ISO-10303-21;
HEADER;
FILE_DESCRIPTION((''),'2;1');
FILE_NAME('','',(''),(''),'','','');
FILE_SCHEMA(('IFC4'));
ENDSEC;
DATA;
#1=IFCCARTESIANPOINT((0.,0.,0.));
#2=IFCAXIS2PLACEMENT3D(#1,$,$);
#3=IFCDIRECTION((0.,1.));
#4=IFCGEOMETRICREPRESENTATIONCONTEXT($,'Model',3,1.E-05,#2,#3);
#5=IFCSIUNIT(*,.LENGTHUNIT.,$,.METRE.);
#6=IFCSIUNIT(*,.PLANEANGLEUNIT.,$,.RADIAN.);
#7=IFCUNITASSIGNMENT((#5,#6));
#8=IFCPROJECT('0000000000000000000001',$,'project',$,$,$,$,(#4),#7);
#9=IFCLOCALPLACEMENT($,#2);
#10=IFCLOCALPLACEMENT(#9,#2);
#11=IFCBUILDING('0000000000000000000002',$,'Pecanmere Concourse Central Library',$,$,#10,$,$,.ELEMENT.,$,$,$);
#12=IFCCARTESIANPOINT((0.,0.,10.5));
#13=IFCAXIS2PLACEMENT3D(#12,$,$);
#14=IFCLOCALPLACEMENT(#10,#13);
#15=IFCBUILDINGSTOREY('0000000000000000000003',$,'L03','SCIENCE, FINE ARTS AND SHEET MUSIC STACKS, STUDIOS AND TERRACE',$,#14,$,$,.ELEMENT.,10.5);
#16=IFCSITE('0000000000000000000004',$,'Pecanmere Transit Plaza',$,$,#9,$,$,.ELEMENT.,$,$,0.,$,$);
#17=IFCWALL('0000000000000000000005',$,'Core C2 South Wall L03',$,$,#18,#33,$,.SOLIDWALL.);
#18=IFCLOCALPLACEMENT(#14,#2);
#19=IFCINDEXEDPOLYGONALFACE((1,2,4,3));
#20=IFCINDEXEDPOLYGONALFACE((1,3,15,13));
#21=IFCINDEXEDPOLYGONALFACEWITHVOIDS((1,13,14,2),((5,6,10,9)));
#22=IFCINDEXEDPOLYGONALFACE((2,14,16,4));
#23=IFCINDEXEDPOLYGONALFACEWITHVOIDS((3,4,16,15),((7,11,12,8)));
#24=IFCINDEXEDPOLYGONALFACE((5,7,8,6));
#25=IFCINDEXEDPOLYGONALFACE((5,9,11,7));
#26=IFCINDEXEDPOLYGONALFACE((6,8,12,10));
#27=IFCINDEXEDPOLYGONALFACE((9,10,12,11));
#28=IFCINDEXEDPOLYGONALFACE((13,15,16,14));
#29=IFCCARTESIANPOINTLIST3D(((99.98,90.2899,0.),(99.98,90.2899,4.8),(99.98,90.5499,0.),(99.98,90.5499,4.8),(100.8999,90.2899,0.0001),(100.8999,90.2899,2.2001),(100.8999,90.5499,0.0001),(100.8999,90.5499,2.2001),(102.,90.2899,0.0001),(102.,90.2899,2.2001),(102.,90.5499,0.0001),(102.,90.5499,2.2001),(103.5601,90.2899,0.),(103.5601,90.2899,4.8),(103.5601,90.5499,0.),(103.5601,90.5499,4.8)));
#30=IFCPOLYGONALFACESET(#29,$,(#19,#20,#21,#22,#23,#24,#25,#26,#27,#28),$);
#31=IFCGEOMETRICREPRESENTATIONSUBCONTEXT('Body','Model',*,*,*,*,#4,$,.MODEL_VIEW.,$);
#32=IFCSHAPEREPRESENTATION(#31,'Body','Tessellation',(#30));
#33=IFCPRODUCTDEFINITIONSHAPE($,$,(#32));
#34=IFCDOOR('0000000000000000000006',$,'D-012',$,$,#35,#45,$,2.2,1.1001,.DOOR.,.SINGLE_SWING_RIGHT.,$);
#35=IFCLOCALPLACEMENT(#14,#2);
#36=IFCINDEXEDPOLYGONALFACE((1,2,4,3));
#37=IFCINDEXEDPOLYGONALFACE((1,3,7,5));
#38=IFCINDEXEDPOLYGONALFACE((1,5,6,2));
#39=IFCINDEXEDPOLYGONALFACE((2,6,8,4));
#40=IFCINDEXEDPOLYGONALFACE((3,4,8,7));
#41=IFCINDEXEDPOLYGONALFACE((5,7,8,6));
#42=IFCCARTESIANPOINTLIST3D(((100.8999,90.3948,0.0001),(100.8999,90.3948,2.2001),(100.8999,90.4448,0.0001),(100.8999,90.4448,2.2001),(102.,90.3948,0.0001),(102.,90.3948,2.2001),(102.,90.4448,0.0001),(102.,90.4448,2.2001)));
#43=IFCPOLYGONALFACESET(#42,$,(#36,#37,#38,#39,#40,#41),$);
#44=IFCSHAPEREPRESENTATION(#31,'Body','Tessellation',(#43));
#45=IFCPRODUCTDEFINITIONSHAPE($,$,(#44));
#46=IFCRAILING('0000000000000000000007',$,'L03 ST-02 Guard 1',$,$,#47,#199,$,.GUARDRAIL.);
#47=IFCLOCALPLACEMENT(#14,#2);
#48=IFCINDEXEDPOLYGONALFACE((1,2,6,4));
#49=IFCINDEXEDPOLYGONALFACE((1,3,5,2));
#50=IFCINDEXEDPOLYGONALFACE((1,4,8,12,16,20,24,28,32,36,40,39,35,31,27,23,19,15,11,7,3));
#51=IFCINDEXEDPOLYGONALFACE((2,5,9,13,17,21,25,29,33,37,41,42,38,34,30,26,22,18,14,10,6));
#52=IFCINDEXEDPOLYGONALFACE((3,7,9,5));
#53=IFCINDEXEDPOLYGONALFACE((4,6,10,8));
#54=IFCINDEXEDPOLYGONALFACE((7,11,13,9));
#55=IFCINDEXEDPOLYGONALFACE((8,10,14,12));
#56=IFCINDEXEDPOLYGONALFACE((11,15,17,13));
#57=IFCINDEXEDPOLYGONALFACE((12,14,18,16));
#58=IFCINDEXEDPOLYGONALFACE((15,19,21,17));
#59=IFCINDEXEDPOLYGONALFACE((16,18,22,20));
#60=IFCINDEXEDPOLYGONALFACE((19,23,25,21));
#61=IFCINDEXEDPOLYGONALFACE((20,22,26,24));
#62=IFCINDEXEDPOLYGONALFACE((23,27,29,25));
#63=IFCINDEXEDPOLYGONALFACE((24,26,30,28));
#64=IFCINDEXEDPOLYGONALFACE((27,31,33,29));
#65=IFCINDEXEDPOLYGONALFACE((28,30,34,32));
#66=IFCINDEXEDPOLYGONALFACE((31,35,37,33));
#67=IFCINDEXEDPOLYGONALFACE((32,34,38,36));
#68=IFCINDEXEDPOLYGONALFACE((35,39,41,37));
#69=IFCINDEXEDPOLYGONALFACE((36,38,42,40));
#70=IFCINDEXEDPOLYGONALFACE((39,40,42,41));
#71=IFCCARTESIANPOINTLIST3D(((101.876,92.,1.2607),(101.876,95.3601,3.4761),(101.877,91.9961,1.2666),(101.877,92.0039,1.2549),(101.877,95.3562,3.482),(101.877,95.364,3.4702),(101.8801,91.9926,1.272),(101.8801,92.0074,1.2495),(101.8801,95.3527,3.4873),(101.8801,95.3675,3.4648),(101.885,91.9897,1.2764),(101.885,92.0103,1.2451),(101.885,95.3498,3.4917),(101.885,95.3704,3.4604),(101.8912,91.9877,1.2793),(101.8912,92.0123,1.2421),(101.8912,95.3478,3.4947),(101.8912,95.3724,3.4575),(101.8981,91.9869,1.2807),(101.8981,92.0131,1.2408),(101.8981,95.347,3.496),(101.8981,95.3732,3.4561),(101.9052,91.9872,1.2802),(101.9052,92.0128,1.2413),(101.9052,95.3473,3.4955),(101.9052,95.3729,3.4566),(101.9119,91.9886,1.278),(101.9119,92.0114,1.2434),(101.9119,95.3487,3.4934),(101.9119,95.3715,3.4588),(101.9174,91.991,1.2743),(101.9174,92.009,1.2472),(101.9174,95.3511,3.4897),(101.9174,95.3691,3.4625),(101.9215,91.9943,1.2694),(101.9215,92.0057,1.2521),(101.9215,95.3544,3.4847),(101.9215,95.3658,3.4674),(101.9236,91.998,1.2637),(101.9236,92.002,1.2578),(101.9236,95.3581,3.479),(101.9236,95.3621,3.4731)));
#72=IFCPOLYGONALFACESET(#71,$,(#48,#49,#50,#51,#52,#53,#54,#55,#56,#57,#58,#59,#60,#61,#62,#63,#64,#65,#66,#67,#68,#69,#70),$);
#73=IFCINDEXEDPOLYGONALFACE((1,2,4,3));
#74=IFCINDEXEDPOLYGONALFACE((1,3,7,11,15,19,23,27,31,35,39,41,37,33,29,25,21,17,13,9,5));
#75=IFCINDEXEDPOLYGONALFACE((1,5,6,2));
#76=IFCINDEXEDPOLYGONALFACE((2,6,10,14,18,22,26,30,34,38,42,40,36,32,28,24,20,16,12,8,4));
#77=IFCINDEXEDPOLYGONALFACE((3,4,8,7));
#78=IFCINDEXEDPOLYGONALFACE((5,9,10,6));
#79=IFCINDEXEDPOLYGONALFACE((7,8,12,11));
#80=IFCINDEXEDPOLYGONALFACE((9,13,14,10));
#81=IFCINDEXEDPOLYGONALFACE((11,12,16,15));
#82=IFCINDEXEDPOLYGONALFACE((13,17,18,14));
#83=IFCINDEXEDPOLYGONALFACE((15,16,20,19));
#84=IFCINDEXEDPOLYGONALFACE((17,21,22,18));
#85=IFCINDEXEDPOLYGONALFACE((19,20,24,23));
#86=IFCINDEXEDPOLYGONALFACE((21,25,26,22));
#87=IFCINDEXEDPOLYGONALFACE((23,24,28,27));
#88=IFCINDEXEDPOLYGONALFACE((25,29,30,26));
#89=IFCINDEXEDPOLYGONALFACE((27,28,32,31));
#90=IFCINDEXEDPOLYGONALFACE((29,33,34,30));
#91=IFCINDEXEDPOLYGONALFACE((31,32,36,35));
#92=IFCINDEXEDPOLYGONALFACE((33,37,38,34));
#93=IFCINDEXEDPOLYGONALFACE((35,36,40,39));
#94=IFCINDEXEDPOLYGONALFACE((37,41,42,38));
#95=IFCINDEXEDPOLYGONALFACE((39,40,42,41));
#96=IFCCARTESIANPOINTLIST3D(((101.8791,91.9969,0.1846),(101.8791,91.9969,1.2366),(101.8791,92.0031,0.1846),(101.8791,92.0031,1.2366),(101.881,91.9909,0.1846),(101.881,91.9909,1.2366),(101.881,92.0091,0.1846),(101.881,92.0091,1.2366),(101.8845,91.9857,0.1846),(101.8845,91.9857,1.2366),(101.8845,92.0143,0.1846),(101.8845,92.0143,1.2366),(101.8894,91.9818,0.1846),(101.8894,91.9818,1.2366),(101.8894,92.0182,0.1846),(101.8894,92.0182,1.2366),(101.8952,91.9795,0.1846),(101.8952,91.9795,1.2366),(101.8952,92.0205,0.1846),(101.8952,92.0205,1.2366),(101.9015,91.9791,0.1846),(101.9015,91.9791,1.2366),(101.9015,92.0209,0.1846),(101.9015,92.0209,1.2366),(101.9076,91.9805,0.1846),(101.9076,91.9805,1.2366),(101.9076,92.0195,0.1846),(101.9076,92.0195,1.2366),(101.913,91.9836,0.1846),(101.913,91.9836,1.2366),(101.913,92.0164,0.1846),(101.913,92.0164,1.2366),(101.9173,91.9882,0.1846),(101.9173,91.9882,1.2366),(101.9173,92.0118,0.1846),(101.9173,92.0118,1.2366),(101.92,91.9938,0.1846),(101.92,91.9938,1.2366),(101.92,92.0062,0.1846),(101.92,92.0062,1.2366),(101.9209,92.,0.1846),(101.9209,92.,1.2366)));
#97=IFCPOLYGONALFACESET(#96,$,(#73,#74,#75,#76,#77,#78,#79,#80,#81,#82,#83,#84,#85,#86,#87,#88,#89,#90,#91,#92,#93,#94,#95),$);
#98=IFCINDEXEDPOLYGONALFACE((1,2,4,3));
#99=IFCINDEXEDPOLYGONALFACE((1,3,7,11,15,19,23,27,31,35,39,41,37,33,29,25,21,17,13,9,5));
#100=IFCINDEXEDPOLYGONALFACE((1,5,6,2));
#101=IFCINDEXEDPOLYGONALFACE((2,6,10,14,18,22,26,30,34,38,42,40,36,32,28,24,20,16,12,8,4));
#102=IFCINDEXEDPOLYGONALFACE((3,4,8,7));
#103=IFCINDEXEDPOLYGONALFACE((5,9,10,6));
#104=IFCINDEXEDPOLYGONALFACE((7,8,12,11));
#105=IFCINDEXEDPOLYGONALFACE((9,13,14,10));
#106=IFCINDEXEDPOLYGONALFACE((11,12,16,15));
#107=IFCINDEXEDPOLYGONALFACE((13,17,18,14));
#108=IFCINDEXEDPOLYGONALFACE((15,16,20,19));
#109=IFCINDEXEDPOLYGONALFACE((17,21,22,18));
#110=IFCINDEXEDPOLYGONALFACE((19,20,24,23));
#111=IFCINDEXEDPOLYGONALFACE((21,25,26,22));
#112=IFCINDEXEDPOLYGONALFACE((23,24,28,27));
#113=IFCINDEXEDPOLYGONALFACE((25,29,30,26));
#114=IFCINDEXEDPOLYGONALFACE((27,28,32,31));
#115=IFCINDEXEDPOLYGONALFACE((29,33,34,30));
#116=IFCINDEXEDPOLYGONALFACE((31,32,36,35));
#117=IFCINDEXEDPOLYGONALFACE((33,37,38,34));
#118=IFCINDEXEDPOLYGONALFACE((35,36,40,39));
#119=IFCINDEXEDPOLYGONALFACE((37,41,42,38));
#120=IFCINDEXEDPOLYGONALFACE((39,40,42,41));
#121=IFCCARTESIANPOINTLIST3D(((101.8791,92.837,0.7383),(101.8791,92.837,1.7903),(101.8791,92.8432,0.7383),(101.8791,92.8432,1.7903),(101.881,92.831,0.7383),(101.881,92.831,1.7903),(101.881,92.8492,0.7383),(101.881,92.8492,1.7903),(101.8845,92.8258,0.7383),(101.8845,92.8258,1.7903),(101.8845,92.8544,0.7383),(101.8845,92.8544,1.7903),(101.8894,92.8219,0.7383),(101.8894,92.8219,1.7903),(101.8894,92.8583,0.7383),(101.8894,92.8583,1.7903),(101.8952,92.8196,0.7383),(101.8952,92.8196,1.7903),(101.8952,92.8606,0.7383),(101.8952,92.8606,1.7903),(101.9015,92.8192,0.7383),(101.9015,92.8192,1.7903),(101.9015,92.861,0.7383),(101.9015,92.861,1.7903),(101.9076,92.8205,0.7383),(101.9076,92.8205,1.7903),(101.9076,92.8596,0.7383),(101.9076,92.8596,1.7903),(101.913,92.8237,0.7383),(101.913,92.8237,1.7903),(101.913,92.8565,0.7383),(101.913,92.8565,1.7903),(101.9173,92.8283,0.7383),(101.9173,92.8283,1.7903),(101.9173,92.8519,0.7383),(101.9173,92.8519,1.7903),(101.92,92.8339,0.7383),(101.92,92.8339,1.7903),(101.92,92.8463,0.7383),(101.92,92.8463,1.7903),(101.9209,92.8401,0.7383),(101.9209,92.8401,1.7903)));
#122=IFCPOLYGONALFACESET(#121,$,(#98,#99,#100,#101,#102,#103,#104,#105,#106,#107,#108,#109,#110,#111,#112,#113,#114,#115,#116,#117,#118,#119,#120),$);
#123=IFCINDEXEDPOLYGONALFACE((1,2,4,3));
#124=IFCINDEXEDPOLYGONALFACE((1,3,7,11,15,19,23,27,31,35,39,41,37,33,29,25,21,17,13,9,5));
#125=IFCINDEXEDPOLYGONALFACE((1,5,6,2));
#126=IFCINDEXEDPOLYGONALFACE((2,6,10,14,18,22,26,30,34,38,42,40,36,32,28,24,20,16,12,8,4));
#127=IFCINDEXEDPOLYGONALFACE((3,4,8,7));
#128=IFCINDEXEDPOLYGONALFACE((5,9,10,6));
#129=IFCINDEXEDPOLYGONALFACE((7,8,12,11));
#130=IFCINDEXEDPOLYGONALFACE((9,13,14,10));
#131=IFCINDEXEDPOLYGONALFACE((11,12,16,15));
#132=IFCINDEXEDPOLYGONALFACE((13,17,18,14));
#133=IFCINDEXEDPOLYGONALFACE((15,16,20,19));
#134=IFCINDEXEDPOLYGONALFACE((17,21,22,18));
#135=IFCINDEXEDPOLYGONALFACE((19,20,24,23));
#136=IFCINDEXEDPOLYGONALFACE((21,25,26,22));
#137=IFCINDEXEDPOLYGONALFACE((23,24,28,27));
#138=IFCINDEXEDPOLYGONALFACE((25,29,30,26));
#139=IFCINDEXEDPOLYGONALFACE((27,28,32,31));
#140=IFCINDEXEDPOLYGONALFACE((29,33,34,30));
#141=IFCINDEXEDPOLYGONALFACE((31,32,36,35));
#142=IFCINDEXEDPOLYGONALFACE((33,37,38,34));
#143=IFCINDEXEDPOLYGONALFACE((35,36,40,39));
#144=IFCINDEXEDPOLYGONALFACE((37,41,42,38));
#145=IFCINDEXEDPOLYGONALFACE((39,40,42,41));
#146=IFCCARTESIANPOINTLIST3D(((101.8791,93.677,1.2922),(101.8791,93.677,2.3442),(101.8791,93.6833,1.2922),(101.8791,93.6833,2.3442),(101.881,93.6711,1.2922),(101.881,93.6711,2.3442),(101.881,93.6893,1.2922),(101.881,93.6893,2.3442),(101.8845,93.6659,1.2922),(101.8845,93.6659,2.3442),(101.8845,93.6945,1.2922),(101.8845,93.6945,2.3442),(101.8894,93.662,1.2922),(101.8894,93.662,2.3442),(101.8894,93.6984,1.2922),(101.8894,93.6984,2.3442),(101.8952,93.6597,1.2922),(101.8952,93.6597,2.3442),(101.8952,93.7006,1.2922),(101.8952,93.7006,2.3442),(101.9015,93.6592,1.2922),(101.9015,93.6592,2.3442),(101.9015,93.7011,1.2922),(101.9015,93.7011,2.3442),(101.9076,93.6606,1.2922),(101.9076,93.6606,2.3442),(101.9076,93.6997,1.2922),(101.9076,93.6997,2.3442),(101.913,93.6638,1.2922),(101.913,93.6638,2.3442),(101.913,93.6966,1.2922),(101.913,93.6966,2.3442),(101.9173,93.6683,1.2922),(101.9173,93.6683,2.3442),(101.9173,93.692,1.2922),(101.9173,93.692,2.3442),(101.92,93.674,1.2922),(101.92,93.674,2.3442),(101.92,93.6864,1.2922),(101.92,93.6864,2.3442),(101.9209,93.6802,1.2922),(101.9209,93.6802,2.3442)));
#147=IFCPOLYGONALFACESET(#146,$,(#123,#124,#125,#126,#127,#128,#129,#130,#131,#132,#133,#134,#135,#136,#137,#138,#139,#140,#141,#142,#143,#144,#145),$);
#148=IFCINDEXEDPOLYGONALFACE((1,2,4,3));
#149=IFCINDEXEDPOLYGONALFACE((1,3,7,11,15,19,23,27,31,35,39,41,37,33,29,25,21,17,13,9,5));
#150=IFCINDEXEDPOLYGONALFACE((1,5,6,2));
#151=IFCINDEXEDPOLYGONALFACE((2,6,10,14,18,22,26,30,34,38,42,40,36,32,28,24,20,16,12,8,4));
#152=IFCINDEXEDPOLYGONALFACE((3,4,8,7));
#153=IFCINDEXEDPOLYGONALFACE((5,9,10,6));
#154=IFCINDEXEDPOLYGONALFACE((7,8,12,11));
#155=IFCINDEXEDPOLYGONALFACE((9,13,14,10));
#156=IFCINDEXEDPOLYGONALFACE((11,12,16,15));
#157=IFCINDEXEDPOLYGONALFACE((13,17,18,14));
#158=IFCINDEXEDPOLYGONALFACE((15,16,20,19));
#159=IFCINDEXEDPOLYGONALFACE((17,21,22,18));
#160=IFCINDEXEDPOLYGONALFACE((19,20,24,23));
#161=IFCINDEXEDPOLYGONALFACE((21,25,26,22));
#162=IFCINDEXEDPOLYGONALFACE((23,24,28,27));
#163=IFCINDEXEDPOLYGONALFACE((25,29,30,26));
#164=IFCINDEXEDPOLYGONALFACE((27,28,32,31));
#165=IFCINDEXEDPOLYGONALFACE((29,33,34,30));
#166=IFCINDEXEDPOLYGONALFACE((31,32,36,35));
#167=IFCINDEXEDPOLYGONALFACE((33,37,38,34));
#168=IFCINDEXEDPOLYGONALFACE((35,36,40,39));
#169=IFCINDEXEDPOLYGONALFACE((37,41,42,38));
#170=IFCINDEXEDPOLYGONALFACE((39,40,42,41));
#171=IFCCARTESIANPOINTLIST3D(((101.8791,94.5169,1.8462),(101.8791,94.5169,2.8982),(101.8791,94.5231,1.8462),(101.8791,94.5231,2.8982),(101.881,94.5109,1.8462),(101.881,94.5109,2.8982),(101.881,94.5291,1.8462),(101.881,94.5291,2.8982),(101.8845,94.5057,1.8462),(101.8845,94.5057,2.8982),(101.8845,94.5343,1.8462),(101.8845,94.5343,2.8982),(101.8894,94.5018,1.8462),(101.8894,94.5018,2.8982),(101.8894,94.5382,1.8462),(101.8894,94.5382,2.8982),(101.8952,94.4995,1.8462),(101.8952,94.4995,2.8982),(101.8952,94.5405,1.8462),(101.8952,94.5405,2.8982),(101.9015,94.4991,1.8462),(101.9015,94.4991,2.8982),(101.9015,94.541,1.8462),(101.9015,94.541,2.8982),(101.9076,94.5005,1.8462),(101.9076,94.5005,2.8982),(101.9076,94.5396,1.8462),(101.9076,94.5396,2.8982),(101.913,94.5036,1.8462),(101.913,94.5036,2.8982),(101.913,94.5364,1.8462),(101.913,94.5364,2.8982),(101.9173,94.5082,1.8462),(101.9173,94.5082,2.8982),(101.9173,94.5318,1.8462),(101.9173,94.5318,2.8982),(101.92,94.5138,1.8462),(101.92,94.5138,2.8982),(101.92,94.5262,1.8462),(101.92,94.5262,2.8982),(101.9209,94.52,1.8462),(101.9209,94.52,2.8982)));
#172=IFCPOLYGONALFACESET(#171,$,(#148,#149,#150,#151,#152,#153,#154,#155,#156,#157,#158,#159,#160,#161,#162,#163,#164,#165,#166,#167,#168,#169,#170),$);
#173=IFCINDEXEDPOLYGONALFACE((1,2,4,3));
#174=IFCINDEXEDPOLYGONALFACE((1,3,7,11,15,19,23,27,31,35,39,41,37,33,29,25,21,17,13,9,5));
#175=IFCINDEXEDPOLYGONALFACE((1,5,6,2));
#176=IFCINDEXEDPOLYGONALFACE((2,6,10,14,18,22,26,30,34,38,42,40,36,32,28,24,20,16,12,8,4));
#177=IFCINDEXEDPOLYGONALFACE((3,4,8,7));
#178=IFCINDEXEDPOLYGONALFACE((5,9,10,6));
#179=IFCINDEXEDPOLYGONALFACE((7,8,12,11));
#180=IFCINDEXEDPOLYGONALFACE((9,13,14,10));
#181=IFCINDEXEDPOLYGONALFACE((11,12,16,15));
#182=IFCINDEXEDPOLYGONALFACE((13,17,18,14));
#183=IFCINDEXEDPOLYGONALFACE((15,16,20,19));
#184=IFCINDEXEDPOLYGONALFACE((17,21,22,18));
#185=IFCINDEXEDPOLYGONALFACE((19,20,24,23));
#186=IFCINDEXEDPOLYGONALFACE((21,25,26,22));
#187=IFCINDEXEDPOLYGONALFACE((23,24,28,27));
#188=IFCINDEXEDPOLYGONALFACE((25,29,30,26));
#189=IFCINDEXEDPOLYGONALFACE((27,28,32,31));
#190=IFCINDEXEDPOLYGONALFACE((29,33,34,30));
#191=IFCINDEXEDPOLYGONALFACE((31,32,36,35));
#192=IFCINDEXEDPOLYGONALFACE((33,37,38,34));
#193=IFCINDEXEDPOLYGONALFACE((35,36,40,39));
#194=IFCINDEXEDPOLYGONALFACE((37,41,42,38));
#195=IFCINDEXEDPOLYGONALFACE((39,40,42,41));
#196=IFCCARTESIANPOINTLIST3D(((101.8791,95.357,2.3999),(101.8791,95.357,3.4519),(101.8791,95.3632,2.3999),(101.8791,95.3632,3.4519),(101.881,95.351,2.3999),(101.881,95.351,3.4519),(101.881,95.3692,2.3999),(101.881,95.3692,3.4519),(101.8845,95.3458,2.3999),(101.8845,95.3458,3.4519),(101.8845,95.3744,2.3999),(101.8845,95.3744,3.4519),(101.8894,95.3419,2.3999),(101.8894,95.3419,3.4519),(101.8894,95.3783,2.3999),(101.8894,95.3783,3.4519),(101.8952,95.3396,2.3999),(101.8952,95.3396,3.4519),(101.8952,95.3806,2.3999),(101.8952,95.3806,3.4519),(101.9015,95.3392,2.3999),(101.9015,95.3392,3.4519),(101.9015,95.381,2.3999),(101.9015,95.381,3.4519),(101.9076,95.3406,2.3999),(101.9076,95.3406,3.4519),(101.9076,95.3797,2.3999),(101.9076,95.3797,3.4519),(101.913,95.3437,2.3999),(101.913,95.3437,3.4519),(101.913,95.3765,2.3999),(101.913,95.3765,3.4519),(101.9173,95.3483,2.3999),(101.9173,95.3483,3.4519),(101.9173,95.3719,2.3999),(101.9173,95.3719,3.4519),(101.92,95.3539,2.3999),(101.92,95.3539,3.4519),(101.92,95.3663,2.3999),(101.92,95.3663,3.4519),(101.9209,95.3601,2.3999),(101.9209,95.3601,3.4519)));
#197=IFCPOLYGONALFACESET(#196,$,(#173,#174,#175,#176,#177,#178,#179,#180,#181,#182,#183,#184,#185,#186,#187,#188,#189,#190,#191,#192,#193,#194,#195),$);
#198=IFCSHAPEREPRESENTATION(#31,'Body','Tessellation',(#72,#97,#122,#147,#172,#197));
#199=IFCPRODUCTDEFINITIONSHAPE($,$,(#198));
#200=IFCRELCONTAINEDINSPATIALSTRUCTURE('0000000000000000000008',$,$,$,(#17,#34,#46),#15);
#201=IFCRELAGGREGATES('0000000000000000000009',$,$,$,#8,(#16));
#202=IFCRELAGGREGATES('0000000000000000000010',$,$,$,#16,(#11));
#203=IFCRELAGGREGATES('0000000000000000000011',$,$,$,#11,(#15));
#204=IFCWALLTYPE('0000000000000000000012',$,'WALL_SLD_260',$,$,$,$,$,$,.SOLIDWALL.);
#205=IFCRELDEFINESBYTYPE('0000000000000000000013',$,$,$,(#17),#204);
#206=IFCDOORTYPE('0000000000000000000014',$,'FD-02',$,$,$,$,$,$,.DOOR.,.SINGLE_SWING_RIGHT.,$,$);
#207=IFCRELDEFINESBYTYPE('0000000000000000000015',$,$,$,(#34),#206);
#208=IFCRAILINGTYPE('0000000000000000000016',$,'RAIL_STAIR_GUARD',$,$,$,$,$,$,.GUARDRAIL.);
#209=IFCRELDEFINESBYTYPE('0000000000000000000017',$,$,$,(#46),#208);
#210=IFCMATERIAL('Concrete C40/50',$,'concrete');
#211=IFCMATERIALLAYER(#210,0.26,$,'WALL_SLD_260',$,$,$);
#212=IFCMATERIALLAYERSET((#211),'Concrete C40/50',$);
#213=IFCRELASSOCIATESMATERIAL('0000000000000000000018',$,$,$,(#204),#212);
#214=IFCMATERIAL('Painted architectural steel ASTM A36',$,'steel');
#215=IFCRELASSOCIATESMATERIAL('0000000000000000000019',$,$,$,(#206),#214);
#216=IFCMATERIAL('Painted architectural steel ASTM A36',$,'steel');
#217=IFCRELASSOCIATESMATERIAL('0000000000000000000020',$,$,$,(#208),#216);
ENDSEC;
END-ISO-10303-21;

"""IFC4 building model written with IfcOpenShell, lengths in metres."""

from ifc_helpers import new_model, si_unit, direction, frame, frame_2d, origin, origin_2d, place, context, subcontext, project, spatial, rectangle, circle, extrude, material, layer, layer_set, type_object, element, fill, save


model = new_model("IFC4")

# Units and contexts
model_context = context("Model", 3, precision=1e-05, world=origin(), true_north=direction((0.0, 1.0)))
body_context = subcontext(model_context, "Body", "Model", "MODEL_VIEW")
ifc_project = project(units=[si_unit("LENGTHUNIT", "METRE"), si_unit("PLANEANGLEUNIT", "RADIAN")], contexts=[model_context])

# Site, building, storey
site_placement = place(None, origin())
site = spatial("IfcSite", under=ifc_project, at=site_placement, Name="Pecanmere Transit Plaza", CompositionType="ELEMENT", RefElevation=0.0)
building_placement = place(site_placement, origin())
building = spatial("IfcBuilding", under=site, at=building_placement, Name="Pecanmere Concourse Central Library", CompositionType="ELEMENT")
storey_placement = place(building_placement, frame((0.0, 0.0, 10.5)))
storey = spatial("IfcBuildingStorey", under=building, at=storey_placement, Name="L03", Description="SCIENCE, FINE ARTS AND SHEET MUSIC STACKS, STUDIOS AND TERRACE", CompositionType="ELEMENT", Elevation=10.5)

# Wall, opening, door
ifc_material_1 = material(Name="Concrete C40/50", Category="concrete")
ifc_layer_1 = layer(ifc_material_1, 0.26, Name="WALL_SLD_260")
ifc_layer_set_1 = layer_set([ifc_layer_1], Name="Concrete C40/50")
wall_type = type_object("IfcWallType", Name="WALL_SLD_260", PredefinedType="SOLIDWALL", material=ifc_layer_set_1)
wall_placement = place(storey_placement, frame((99.98, 90.4199, 0.0), z_axis=(0.0, 0.0, 1.0), x_axis=(1.0, 0.0, 0.0)))
wall = element("IfcWall", 1, at=wall_placement, inside=storey, type_object=wall_type, Name="Core C2 South Wall L03", PredefinedType="SOLIDWALL", context=body_context, shape_type="SweptSolid", body=[
    extrude(rectangle(XDim=3.5801, YDim=0.26, at=frame_2d((1.79, 0.0))), origin(), (0.0, 0.0, 1.0), 4.8),
])
opening_placement = place(wall_placement, frame((0.9199, 0.0, 0.0)))
opening = element("IfcOpeningElement", 2, at=opening_placement, cuts=wall, PredefinedType="OPENING", context=body_context, shape_type="SweptSolid", body=[
    extrude(rectangle(XDim=1.1001, YDim=2.2, at=frame_2d((0.55, 1.1001))), frame((0.0, 0.1421, 0.0), z_axis=(0.0, -1.0, 0.0), x_axis=(1.0, 0.0, 0.0)), (0.0, 0.0, 1.0), 0.2839),
])
ifc_material_2 = material(Name="Painted architectural steel ASTM A36", Category="steel")
door_type = type_object("IfcDoorType", Name="FD-02", OperationType="SINGLE_SWING_RIGHT", PredefinedType="DOOR", material=ifc_material_2)
door_placement = place(opening_placement, origin())
door = element("IfcDoor", 3, at=door_placement, inside=storey, type_object=door_type, Name="D-012", OperationType="SINGLE_SWING_RIGHT", OverallHeight=2.2, OverallWidth=1.1001, PredefinedType="DOOR", context=body_context, shape_type="SweptSolid", body=[
    extrude(rectangle(XDim=1.1001, YDim=2.2, at=frame_2d((0.55, 1.1001))), frame((0.0, 0.0249, 0.0), z_axis=(0.0, -1.0, 0.0), x_axis=(1.0, 0.0, 0.0)), (0.0, 0.0, 1.0), 0.05),
])
fill(opening, door)

# Railing
ifc_material_3 = material(Name="Painted architectural steel ASTM A36", Category="steel")
railing_type = type_object("IfcRailingType", Name="RAIL_STAIR_GUARD", PredefinedType="GUARDRAIL", material=ifc_material_3)
railing_1_placement = place(storey_placement, frame((101.8999, 92.0, 0.1846)))
element("IfcRailing", 4, at=railing_1_placement, inside=storey, type_object=railing_type, Name="L03 ST-02 Guard 1", PredefinedType="GUARDRAIL", context=body_context, shape_type="SweptSolid", body=[
    extrude(circle(Radius=0.0239, at=origin_2d()), frame((0.0, 0.0, 1.0762), z_axis=(0.0, 0.834876, 0.550437), x_axis=(-1.0, 0.0, 0.0)), (0.0, 0.0, 1.0), 4.0247),
    extrude(circle(Radius=0.021, at=origin_2d()), origin(), (0.0, 0.0, 1.0), 1.052),
    extrude(circle(Radius=0.021, at=origin_2d()), frame((0.0, 0.8401, 0.5537)), (0.0, 0.0, 1.0), 1.052),
    extrude(circle(Radius=0.021, at=origin_2d()), frame((0.0, 1.6802, 1.1077)), (0.0, 0.0, 1.0), 1.052),
    extrude(circle(Radius=0.021, at=origin_2d()), frame((0.0, 2.52, 1.6616)), (0.0, 0.0, 1.0), 1.052),
    extrude(circle(Radius=0.021, at=origin_2d()), frame((0.0, 3.3601, 2.2153)), (0.0, 0.0, 1.0), 1.052),
])

save(model, "model.ifc")
